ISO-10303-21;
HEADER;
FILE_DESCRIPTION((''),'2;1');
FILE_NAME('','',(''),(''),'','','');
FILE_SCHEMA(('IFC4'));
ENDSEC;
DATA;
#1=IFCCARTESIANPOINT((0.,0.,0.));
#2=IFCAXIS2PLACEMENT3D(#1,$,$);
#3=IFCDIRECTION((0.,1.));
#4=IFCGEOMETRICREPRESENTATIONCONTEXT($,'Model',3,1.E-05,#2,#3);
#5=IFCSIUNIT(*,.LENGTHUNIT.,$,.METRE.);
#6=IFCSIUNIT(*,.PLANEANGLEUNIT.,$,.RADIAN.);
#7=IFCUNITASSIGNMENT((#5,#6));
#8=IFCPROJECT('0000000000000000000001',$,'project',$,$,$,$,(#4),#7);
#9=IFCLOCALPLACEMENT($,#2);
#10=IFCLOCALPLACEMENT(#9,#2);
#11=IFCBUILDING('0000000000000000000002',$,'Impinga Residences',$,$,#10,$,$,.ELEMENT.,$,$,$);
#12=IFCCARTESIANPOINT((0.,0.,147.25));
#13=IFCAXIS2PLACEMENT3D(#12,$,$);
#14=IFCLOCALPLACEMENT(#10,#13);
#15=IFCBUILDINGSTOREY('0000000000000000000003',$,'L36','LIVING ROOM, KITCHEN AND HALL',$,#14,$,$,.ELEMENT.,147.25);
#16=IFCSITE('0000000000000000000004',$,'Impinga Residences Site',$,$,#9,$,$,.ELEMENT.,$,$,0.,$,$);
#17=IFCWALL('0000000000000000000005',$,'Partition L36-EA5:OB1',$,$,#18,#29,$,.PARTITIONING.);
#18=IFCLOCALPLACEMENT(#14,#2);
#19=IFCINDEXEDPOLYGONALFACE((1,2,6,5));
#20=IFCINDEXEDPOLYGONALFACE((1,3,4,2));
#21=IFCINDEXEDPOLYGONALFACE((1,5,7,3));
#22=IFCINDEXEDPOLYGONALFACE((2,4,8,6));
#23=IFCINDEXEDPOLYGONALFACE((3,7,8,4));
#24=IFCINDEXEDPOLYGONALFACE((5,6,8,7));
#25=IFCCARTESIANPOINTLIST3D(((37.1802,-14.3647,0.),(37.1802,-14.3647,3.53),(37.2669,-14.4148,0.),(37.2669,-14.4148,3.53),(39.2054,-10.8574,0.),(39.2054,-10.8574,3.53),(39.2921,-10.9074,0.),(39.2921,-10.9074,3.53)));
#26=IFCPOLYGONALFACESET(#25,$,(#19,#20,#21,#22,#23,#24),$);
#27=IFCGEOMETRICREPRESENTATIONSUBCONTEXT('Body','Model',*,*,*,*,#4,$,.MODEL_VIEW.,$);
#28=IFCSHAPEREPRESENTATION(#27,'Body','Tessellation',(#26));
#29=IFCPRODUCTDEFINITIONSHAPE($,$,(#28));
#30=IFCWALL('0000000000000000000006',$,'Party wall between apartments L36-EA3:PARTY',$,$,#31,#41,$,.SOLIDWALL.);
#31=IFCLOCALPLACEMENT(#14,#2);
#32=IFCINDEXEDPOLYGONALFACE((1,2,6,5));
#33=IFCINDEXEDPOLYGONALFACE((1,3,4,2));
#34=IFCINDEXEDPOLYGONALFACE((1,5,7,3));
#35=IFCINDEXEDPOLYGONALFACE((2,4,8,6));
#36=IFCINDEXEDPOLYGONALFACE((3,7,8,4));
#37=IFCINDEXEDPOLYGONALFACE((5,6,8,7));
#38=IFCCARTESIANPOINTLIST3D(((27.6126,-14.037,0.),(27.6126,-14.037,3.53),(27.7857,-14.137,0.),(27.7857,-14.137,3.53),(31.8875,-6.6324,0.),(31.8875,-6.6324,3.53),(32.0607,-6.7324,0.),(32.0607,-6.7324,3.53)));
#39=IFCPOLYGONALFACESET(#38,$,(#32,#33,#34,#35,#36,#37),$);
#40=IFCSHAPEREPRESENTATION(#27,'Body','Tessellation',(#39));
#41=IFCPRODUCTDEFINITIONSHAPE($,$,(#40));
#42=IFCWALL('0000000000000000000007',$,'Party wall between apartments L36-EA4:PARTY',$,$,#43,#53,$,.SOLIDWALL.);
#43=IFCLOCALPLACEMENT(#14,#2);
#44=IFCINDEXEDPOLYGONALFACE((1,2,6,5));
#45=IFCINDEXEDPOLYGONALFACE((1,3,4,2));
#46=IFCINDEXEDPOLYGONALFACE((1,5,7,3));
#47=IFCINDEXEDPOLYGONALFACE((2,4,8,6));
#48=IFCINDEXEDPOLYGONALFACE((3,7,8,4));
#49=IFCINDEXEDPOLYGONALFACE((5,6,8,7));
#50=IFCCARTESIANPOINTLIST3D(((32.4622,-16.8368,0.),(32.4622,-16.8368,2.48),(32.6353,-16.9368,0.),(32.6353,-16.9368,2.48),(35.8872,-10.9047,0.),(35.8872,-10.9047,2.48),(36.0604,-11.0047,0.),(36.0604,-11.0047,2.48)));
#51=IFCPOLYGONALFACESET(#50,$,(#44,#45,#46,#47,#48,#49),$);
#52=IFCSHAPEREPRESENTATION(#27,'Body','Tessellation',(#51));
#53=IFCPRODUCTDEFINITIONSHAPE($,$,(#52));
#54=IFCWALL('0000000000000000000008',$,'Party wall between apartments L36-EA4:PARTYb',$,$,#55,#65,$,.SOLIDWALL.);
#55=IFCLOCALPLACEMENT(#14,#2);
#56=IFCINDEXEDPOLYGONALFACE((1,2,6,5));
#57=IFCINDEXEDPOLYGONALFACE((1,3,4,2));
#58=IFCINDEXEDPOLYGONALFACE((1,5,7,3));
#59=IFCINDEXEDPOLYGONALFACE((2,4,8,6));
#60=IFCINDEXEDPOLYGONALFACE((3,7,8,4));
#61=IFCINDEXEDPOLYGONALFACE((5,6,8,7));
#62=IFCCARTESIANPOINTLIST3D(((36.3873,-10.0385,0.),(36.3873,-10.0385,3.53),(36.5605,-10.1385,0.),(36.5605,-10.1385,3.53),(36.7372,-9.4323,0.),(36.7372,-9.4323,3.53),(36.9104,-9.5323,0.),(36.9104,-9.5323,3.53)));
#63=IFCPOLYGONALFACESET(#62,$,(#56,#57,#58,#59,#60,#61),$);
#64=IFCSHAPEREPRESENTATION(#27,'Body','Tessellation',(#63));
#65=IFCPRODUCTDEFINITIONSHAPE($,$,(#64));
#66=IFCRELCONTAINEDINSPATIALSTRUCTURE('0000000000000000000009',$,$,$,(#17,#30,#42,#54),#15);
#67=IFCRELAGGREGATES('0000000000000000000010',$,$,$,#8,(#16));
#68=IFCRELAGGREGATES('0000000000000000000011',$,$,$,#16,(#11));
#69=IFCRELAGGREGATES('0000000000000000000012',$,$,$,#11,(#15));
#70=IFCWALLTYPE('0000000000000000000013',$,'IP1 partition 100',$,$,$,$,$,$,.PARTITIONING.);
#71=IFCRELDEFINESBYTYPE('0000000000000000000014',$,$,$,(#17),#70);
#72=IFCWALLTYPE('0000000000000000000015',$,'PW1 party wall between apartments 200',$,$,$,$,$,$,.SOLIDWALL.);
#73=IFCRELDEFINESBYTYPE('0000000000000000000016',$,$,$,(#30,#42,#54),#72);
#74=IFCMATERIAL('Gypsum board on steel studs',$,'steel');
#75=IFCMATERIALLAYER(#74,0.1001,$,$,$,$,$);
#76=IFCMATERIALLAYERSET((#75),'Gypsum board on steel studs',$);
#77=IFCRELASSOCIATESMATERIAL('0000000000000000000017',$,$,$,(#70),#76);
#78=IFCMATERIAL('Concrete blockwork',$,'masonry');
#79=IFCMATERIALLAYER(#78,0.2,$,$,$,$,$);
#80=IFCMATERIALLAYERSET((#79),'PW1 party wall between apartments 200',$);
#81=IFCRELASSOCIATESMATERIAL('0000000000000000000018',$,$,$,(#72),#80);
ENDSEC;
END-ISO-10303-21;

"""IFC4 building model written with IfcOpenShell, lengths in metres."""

from ifc_helpers import new_model, si_unit, direction, frame, frame_2d, origin, place, context, subcontext, project, spatial, rectangle, extrude, material, layer, layer_set, type_object, element, save


model = new_model("IFC4")

# Units and contexts
model_context = context("Model", 3, precision=1e-05, world=origin(), true_north=direction((0.0, 1.0)))
body_context = subcontext(model_context, "Body", "Model", "MODEL_VIEW")
ifc_project = project(units=[si_unit("LENGTHUNIT", "METRE"), si_unit("PLANEANGLEUNIT", "RADIAN")], contexts=[model_context])

# Site, building, storey
site_placement = place(None, origin())
site = spatial("IfcSite", under=ifc_project, at=site_placement, Name="Impinga Residences Site", CompositionType="ELEMENT", RefElevation=0.0)
building_placement = place(site_placement, origin())
building = spatial("IfcBuilding", under=site, at=building_placement, Name="Impinga Residences", CompositionType="ELEMENT")
storey_placement = place(building_placement, frame((0.0, 0.0, 147.25)))
storey = spatial("IfcBuildingStorey", under=building, at=storey_placement, Name="L36", Description="LIVING ROOM, KITCHEN AND HALL", CompositionType="ELEMENT", Elevation=147.25)

# Shared definitions
ifc_material_1 = material(Name="Gypsum board on steel studs", Category="steel")
ifc_layer_1 = layer(ifc_material_1, 0.1001)
ifc_layer_set_1 = layer_set([ifc_layer_1], Name="Gypsum board on steel studs")
wall_type_1 = type_object("IfcWallType", Name="IP1 partition 100", PredefinedType="PARTITIONING", material=ifc_layer_set_1)

# Walls
wall_1_placement = place(storey_placement, frame((37.2236, -14.3896, 0.0), z_axis=(0.0, 0.0, 1.0), x_axis=(0.500036, 0.866005, 0.0)))
element("IfcWall", 1, at=wall_1_placement, inside=storey, type_object=wall_type_1, Name="Partition L36-EA5:OB1", PredefinedType="PARTITIONING", context=body_context, shape_type="SweptSolid", body=[
    extrude(rectangle(XDim=4.05, YDim=0.1001, at=frame_2d((2.0249, 0.0))), origin(), (0.0, 0.0, 1.0), 3.53),
])
ifc_material_2 = material(Name="Concrete blockwork", Category="masonry")
ifc_layer_2 = layer(ifc_material_2, 0.2)
ifc_layer_set_2 = layer_set([ifc_layer_2], Name="PW1 party wall between apartments 200")
wall_type_2 = type_object("IfcWallType", Name="PW1 party wall between apartments 200", PredefinedType="SOLIDWALL", material=ifc_layer_set_2)
wall_2_placement = place(storey_placement, frame((27.6992, -14.0869, 0.0), z_axis=(0.0, 0.0, 1.0), x_axis=(0.49999, 0.866031, 0.0)))
element("IfcWall", 2, at=wall_2_placement, inside=storey, type_object=wall_type_2, Name="Party wall between apartments L36-EA3:PARTY", PredefinedType="SOLIDWALL", context=body_context, shape_type="SweptSolid", body=[
    extrude(rectangle(XDim=8.55, YDim=0.2, at=frame_2d((4.2749, 0.0))), origin(), (0.0, 0.0, 1.0), 3.53),
])
wall_3_placement = place(storey_placement, frame((32.5488, -16.8867, 0.0), z_axis=(0.0, 0.0, 1.0), x_axis=(0.500015, 0.866017, 0.0)))
element("IfcWall", 3, at=wall_3_placement, inside=storey, type_object=wall_type_2, Name="Party wall between apartments L36-EA4:PARTY", PredefinedType="SOLIDWALL", context=body_context, shape_type="SweptSolid", body=[
    extrude(rectangle(XDim=6.8499, YDim=0.2, at=frame_2d((3.4248, 0.0))), origin(), (0.0, 0.0, 1.0), 2.48),
])
wall_4_placement = place(storey_placement, frame((36.4739, -10.0886, 0.0), z_axis=(0.0, 0.0, 1.0), x_axis=(0.499853, 0.86611, 0.0)))
element("IfcWall", 4, at=wall_4_placement, inside=storey, type_object=wall_type_2, Name="Party wall between apartments L36-EA4:PARTYb", PredefinedType="SOLIDWALL", context=body_context, shape_type="SweptSolid", body=[
    extrude(rectangle(XDim=0.7, YDim=0.2, at=frame_2d((0.3501, 0.0))), origin(), (0.0, 0.0, 1.0), 3.53),
])

save(model, "model.ifc")
